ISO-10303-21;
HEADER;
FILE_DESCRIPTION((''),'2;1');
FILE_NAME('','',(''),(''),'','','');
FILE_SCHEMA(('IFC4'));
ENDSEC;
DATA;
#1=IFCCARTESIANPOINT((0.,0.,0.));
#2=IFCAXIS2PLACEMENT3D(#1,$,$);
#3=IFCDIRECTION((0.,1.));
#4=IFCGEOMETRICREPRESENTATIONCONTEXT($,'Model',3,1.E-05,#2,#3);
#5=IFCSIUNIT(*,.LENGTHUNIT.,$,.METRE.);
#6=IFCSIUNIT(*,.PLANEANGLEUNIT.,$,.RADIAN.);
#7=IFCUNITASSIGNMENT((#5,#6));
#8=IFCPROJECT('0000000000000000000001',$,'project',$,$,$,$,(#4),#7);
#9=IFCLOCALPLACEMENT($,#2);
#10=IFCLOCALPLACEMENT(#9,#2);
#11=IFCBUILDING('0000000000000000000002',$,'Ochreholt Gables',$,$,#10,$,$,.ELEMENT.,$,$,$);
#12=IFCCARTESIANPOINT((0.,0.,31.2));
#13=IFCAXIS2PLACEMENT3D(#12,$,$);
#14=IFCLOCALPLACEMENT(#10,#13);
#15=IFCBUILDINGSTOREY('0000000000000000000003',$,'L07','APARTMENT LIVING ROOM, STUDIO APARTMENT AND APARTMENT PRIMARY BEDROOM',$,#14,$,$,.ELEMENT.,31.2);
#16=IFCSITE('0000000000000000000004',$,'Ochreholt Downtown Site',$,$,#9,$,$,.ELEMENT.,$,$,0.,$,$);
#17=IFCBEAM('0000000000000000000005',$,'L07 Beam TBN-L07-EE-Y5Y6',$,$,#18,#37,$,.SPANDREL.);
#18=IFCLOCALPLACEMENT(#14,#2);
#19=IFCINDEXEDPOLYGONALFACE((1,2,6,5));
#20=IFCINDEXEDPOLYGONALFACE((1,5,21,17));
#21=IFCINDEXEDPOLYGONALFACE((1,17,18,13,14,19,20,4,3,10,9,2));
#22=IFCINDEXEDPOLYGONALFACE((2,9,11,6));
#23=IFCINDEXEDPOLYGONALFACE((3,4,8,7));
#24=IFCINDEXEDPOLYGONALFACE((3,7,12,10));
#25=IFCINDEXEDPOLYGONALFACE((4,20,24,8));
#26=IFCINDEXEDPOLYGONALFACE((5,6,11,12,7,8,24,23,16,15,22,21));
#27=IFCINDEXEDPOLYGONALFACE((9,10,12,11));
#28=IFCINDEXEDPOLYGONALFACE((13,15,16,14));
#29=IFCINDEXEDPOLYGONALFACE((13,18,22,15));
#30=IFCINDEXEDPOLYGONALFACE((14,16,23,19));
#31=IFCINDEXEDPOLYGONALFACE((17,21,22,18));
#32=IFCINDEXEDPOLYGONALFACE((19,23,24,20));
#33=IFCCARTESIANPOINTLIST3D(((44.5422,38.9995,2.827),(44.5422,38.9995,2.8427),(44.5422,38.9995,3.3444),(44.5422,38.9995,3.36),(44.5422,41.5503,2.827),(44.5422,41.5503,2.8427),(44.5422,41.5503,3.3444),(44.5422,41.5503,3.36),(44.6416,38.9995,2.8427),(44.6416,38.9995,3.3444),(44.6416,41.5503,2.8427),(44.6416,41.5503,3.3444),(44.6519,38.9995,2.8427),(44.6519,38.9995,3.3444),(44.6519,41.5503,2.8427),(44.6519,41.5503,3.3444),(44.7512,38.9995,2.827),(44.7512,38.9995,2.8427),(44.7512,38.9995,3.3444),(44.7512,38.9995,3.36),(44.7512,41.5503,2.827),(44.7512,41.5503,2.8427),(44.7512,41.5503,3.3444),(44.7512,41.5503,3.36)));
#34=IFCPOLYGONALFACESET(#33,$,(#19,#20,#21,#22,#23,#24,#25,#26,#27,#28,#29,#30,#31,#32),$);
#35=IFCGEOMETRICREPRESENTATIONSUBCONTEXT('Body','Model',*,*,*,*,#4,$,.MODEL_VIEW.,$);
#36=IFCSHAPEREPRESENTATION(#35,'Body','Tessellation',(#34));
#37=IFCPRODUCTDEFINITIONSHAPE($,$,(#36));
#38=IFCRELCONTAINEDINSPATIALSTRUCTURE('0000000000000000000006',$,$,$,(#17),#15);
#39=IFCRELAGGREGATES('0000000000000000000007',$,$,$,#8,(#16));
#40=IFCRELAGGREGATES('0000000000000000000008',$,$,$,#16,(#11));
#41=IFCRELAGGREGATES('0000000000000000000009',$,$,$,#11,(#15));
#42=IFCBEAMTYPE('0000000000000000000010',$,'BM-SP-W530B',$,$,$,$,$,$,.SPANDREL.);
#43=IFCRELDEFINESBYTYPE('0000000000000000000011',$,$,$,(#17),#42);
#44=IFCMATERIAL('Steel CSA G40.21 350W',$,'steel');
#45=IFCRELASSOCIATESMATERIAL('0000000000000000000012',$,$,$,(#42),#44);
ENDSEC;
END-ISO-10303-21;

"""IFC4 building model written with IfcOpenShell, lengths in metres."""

from ifc_helpers import new_model, si_unit, direction, frame, origin, origin_2d, place, context, subcontext, project, spatial, i_section, extrude, material, material_profile, profile_set, type_object, element, save


model = new_model("IFC4")

# Units and contexts
model_context = context("Model", 3, precision=1e-05, world=origin(), true_north=direction((0.0, 1.0)))
body_context = subcontext(model_context, "Body", "Model", "MODEL_VIEW")
ifc_project = project(units=[si_unit("LENGTHUNIT", "METRE"), si_unit("PLANEANGLEUNIT", "RADIAN")], contexts=[model_context])

# Site, building, storey
site_placement = place(None, origin())
site = spatial("IfcSite", under=ifc_project, at=site_placement, Name="Ochreholt Downtown Site", CompositionType="ELEMENT", RefElevation=0.0)
building_placement = place(site_placement, origin())
building = spatial("IfcBuilding", under=site, at=building_placement, Name="Ochreholt Gables", CompositionType="ELEMENT")
storey_placement = place(building_placement, frame((0.0, 0.0, 31.2)))
storey = spatial("IfcBuildingStorey", under=building, at=storey_placement, Name="L07", Description="APARTMENT LIVING ROOM, STUDIO APARTMENT AND APARTMENT PRIMARY BEDROOM", CompositionType="ELEMENT", Elevation=31.2)

# Shared definitions
ifc_material_1 = material(Name="Steel CSA G40.21 350W", Category="steel")

# Beam
ifc_material_profile_1 = material_profile(ifc_material_1, i_section(OverallWidth=0.209, OverallDepth=0.533, WebThickness=0.0103, FlangeThickness=0.0156, at=origin_2d()), Name="W530X92")
ifc_profile_set_1 = profile_set([ifc_material_profile_1], Name="Steel CSA G40.21 350W")
beam_type_1 = type_object("IfcBeamType", Name="BM-SP-W530B", PredefinedType="SPANDREL", material=ifc_profile_set_1)
beam_1_placement = place(storey_placement, frame((44.6467, 38.9995, 3.0935), z_axis=(0.0, 1.0, 0.0), x_axis=(-1.0, 0.0, 0.0)))
element("IfcBeam", 1, at=beam_1_placement, inside=storey, type_object=beam_type_1, Name="L07 Beam TBN-L07-EE-Y5Y6", PredefinedType="SPANDREL", context=body_context, shape_type="SweptSolid", body=[
    extrude(i_section(OverallWidth=0.209, OverallDepth=0.533, WebThickness=0.0103, FlangeThickness=0.0156, at=origin_2d()), origin(), (0.0, 0.0, 1.0), 2.5508),
])

save(model, "model.ifc")
